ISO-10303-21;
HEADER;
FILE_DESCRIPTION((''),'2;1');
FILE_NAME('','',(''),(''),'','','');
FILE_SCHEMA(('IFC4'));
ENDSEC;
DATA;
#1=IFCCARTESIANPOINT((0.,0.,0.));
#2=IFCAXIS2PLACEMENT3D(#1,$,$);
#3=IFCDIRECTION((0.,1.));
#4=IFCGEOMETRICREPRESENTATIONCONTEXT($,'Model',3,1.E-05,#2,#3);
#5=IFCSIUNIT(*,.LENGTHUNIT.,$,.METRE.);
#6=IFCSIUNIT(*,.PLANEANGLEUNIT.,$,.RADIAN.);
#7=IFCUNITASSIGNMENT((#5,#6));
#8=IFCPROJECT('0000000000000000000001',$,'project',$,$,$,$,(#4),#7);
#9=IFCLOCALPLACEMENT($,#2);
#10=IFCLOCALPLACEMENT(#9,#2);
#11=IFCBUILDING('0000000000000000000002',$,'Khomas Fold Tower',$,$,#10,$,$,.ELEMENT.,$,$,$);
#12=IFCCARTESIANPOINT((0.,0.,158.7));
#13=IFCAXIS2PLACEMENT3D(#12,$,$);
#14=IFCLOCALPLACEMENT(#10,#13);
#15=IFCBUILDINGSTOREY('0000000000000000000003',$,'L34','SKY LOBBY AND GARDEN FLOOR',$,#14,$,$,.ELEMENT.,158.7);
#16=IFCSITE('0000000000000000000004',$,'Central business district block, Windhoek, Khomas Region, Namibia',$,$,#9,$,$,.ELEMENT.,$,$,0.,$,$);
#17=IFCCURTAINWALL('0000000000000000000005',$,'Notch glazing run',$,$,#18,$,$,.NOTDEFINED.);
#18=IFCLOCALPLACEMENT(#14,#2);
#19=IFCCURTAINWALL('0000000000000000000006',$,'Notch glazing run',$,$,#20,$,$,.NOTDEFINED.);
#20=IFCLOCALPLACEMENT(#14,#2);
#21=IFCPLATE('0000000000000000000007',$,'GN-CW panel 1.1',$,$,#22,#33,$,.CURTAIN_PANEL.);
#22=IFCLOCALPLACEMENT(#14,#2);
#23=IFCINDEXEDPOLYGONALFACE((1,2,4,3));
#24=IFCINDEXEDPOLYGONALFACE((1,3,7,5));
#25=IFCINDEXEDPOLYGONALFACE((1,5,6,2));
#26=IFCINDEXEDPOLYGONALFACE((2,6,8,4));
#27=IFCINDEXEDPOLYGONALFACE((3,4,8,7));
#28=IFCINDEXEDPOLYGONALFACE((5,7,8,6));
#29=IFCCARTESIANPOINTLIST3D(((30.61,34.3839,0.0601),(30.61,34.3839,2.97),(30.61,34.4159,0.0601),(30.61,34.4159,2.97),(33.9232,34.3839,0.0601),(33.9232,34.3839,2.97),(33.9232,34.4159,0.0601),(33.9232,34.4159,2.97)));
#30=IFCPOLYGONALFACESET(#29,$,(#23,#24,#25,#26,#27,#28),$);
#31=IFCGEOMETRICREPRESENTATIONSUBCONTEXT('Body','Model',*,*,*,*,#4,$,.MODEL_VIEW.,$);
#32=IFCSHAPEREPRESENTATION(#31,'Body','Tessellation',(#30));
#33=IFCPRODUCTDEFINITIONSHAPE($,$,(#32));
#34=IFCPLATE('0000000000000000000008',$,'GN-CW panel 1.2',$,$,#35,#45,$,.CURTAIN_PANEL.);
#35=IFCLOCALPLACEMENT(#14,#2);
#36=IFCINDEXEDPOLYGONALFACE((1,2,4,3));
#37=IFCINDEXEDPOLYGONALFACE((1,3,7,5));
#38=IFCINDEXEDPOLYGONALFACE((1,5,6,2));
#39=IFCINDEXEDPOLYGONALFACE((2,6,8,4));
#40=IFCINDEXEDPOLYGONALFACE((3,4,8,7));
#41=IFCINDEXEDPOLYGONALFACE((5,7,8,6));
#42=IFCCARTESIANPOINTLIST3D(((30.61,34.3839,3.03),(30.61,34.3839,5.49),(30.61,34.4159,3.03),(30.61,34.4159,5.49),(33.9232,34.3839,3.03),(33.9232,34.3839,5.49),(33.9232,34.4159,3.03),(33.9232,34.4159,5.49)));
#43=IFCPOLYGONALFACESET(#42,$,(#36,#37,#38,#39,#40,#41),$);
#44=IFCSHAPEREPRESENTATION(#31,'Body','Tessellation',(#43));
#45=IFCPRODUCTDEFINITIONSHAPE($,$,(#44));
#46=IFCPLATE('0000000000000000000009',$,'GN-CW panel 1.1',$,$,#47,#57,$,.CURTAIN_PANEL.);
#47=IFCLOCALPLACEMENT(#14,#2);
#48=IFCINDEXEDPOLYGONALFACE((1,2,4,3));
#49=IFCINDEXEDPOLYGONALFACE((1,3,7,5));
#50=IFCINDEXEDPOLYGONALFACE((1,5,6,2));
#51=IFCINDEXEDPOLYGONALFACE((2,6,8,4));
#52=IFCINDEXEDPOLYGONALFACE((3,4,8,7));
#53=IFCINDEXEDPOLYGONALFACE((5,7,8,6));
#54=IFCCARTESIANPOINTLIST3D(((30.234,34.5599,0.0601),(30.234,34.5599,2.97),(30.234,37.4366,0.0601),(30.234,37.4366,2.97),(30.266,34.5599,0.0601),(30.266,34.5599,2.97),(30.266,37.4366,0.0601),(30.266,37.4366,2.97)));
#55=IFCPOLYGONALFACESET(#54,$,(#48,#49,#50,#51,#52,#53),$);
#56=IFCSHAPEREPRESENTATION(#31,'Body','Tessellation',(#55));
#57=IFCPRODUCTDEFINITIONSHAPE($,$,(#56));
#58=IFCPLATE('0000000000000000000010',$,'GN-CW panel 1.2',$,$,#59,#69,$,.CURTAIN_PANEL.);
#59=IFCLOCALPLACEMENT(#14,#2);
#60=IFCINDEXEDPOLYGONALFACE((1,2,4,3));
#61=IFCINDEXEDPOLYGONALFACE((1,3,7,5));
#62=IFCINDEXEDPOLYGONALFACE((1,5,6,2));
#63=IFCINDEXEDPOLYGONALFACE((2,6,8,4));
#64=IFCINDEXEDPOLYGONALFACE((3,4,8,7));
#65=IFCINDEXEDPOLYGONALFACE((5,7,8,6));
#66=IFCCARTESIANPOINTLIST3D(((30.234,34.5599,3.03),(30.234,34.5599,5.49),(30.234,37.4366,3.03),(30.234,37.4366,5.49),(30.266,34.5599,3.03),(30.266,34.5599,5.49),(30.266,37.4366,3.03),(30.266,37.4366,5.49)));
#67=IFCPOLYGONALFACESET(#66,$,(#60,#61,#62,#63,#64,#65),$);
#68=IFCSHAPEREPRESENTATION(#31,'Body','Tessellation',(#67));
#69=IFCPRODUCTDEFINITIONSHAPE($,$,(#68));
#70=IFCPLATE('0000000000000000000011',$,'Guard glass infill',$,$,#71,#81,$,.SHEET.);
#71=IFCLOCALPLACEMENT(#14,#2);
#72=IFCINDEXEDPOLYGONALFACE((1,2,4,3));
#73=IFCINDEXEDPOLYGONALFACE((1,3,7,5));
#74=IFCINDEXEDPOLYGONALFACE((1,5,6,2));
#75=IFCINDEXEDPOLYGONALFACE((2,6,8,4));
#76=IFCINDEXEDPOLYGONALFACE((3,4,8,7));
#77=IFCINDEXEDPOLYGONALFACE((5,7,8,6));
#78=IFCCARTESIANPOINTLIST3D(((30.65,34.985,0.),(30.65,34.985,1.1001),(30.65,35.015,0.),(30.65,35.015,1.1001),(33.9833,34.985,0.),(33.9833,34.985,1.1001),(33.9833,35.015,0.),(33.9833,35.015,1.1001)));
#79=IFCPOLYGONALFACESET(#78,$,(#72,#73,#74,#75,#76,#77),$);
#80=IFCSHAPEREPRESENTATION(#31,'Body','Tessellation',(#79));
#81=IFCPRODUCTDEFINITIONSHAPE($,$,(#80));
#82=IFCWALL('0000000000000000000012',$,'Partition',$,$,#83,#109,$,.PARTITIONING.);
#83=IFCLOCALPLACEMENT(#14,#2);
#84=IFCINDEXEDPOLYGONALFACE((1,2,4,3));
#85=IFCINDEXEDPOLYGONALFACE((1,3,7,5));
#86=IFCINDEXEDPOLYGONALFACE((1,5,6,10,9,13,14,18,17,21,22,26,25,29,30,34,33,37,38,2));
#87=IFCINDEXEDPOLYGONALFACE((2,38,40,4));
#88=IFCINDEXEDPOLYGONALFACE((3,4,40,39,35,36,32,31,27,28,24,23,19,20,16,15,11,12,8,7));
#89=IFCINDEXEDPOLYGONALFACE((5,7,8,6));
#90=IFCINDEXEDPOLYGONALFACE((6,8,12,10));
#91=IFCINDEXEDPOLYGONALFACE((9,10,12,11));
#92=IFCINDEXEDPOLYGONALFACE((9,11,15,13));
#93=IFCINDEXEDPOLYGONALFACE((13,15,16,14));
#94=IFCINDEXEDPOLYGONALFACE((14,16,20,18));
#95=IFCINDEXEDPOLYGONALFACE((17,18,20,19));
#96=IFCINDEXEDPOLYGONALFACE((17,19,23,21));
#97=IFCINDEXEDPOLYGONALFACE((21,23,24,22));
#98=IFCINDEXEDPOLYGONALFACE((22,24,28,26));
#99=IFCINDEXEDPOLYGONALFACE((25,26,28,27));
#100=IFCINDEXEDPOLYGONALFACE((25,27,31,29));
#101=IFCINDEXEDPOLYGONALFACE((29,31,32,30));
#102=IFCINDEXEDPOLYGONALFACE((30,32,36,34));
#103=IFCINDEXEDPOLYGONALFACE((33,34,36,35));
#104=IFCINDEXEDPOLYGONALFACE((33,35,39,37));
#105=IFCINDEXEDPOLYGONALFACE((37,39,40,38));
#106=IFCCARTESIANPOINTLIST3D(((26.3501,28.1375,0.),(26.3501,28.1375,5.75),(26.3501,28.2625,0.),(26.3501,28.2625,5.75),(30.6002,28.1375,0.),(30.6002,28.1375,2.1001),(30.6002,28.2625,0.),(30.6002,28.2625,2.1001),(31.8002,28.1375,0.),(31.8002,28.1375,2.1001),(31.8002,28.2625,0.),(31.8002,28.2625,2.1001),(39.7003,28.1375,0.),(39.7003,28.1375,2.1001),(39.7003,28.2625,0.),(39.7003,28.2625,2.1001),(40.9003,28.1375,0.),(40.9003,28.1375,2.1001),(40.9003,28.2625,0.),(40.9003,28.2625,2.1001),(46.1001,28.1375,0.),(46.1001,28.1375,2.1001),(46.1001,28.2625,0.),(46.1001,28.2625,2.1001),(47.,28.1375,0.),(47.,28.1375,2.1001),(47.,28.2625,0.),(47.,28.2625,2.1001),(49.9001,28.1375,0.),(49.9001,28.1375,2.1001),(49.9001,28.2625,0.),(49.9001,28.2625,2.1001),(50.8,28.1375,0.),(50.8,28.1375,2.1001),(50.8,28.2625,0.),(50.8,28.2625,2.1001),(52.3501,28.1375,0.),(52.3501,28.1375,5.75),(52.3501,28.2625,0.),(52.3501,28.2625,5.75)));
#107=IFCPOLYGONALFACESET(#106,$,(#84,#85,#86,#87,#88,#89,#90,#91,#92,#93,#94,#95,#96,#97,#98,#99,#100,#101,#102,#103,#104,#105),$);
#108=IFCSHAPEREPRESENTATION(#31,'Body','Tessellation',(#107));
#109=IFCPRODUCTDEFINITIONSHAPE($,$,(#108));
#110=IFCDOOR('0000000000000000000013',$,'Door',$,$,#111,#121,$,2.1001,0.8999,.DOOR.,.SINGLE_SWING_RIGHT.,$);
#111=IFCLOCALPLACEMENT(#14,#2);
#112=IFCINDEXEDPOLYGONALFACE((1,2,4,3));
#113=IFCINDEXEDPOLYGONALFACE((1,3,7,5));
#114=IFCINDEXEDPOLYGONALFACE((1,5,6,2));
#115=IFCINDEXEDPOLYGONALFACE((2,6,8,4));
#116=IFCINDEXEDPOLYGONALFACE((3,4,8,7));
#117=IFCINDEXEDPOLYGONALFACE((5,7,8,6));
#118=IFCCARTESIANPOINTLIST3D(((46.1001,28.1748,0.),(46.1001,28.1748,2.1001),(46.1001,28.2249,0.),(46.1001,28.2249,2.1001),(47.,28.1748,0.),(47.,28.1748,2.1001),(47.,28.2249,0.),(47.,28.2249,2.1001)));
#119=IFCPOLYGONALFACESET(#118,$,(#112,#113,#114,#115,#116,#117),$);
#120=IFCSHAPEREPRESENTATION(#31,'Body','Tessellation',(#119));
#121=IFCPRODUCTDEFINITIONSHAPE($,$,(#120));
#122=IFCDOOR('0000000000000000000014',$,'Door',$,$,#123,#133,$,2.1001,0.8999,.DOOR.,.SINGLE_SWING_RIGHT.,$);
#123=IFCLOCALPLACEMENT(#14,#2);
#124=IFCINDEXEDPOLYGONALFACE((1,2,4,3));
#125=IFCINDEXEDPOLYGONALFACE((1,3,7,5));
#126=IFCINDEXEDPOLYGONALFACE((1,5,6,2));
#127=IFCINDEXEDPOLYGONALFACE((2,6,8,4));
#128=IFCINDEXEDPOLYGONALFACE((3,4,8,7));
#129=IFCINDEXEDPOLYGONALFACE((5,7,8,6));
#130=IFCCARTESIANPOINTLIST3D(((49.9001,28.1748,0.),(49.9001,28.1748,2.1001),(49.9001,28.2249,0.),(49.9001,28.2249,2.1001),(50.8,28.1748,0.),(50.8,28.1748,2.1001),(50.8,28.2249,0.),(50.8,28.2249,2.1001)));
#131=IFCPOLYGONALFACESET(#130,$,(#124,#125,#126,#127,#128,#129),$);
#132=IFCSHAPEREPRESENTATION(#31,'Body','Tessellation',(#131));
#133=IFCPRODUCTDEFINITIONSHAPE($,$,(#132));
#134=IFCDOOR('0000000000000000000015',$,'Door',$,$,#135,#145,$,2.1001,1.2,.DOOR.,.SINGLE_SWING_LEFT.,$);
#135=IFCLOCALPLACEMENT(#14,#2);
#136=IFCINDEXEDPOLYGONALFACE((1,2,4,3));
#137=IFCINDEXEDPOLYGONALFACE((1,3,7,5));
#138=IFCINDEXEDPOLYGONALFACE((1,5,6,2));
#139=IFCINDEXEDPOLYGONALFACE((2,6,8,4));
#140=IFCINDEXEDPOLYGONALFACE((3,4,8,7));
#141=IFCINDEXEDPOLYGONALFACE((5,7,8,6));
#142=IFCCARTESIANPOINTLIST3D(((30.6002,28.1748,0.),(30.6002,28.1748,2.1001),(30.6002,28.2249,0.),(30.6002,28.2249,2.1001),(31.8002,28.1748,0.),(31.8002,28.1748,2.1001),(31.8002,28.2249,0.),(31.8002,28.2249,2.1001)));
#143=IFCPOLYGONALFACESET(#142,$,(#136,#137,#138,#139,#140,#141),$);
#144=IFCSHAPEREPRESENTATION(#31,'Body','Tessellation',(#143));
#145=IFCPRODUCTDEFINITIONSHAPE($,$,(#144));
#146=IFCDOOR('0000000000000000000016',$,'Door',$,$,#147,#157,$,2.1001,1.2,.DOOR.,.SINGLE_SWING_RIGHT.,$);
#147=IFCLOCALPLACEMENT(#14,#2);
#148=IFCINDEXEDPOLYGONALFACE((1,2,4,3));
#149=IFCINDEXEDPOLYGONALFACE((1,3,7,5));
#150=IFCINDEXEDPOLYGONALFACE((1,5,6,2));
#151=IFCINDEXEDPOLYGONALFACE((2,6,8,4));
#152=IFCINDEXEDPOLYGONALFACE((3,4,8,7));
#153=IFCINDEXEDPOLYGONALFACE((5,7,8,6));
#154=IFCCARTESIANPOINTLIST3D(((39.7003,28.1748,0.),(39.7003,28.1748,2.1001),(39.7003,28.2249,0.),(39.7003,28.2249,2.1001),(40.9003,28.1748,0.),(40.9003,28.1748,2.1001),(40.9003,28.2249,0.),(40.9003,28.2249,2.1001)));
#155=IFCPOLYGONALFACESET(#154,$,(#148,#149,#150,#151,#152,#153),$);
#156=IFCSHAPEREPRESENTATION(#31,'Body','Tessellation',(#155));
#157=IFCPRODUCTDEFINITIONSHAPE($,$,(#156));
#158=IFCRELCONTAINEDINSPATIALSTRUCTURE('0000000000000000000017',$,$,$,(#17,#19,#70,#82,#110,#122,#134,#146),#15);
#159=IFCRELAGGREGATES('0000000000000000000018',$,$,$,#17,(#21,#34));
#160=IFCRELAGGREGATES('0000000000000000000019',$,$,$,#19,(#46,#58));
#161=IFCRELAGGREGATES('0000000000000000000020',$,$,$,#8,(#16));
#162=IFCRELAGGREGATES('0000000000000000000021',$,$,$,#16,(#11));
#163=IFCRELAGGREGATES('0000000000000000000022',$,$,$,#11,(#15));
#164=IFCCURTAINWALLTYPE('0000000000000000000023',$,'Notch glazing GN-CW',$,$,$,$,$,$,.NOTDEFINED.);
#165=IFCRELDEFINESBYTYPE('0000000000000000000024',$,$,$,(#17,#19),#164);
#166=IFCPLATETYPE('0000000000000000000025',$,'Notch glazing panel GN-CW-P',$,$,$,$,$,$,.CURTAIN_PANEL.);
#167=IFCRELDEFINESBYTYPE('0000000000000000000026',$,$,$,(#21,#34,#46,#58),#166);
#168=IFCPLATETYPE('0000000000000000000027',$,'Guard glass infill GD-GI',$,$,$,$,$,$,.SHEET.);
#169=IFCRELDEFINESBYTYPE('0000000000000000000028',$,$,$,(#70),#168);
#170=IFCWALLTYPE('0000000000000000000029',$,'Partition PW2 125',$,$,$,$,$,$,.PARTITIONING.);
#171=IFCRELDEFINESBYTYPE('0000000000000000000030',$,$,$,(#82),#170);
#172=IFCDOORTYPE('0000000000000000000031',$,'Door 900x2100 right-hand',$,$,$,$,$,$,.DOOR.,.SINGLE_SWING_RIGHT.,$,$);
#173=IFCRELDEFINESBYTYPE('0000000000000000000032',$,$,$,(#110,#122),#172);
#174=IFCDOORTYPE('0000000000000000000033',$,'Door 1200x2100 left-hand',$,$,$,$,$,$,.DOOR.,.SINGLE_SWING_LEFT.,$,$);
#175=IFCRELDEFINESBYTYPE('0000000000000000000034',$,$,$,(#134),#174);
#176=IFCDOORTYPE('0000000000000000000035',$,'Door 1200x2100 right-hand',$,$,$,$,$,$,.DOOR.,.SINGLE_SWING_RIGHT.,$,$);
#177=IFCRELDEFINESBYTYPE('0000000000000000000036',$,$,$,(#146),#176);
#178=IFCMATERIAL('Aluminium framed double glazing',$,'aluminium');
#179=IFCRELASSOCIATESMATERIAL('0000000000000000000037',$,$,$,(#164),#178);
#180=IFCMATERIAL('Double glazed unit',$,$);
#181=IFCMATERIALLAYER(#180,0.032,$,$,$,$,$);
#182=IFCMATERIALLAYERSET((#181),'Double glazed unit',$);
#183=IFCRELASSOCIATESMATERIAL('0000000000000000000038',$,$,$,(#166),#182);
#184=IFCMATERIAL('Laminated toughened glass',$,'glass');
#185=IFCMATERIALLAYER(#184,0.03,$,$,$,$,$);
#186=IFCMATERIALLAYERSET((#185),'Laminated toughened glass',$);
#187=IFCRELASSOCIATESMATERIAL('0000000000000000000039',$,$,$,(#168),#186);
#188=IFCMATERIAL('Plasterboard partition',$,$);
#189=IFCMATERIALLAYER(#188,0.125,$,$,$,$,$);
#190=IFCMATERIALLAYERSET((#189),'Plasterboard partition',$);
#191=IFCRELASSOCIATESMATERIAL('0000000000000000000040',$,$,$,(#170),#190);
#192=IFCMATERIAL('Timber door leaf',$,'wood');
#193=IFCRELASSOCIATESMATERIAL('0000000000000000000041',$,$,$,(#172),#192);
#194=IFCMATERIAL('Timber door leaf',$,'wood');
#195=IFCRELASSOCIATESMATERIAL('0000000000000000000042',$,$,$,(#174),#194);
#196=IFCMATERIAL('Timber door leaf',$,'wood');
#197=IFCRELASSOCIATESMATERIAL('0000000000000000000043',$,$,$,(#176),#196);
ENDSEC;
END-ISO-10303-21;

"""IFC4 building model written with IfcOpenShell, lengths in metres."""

from ifc_helpers import new_model, si_unit, direction, frame, frame_2d, origin, origin_2d, place, context, subcontext, project, spatial, rectangle, extrude, source, transform, mapped, material, layer, layer_set, type_object, element, fill, aggregate, save


model = new_model("IFC4")

# Units and contexts
model_context = context("Model", 3, precision=1e-05, world=origin(), true_north=direction((0.0, 1.0)))
body_context = subcontext(model_context, "Body", "Model", "MODEL_VIEW")
ifc_project = project(units=[si_unit("LENGTHUNIT", "METRE"), si_unit("PLANEANGLEUNIT", "RADIAN")], contexts=[model_context])

# Site, building, storey
site_placement = place(None, origin())
site = spatial("IfcSite", under=ifc_project, at=site_placement, Name="Central business district block, Windhoek, Khomas Region, Namibia", CompositionType="ELEMENT", RefElevation=0.0)
building_placement = place(site_placement, origin())
building = spatial("IfcBuilding", under=site, at=building_placement, Name="Khomas Fold Tower", CompositionType="ELEMENT")
storey_placement = place(building_placement, frame((0.0, 0.0, 158.7)))
storey = spatial("IfcBuildingStorey", under=building, at=storey_placement, Name="L34", Description="SKY LOBBY AND GARDEN FLOOR", CompositionType="ELEMENT", Elevation=158.7)

# Curtain walls
ifc_material_1 = material(Name="Aluminium framed double glazing", Category="aluminium")
curtain_wall_type = type_object("IfcCurtainWallType", Name="Notch glazing GN-CW", PredefinedType="NOTDEFINED", material=ifc_material_1)
curtain_wall_1_placement = place(storey_placement, origin())
curtain_wall_1 = element("IfcCurtainWall", 1, at=curtain_wall_1_placement, inside=storey, type_object=curtain_wall_type, Name="Notch glazing run", PredefinedType="NOTDEFINED")
curtain_wall_2_placement = place(storey_placement, origin())
curtain_wall_2 = element("IfcCurtainWall", 2, at=curtain_wall_2_placement, inside=storey, type_object=curtain_wall_type, Name="Notch glazing run", PredefinedType="NOTDEFINED")

# Plates
ifc_material_2 = material(Name="Double glazed unit")
ifc_layer_1 = layer(ifc_material_2, 0.032)
ifc_layer_set_1 = layer_set([ifc_layer_1], Name="Double glazed unit")
plate_type_1 = type_object("IfcPlateType", Name="Notch glazing panel GN-CW-P", PredefinedType="CURTAIN_PANEL", material=ifc_layer_set_1)
shared_shape_1 = source(origin(), body_context, "Body", "SweptSolid", [
    extrude(rectangle(XDim=3.3132, YDim=0.032, at=origin_2d()), origin(), (0.0, 0.0, 1.0), 2.9099),
])
plate_1_placement = place(storey_placement, frame((32.2666, 34.3999, 0.0601), z_axis=(0.0, 0.0, 1.0), x_axis=(-1.0, 0.0, 0.0)))
plate_1 = element("IfcPlate", 3, at=plate_1_placement, type_object=plate_type_1, Name="GN-CW panel 1.1", PredefinedType="CURTAIN_PANEL", context=body_context, shape_type="MappedRepresentation", body=[
    mapped(shared_shape_1, transform((0.0, 0.0, 0.0))),
])
shared_shape_2 = source(origin(), body_context, "Body", "SweptSolid", [
    extrude(rectangle(XDim=3.3132, YDim=0.032, at=origin_2d()), origin(), (0.0, 0.0, 1.0), 2.46),
])
plate_2_placement = place(storey_placement, frame((32.2666, 34.3999, 3.03), z_axis=(0.0, 0.0, 1.0), x_axis=(-1.0, 0.0, 0.0)))
plate_2 = element("IfcPlate", 4, at=plate_2_placement, type_object=plate_type_1, Name="GN-CW panel 1.2", PredefinedType="CURTAIN_PANEL", context=body_context, shape_type="MappedRepresentation", body=[
    mapped(shared_shape_2, transform((0.0, 0.0, 0.0))),
])
aggregate(curtain_wall_1, [plate_1, plate_2])
shared_shape_3 = source(origin(), body_context, "Body", "SweptSolid", [
    extrude(rectangle(XDim=2.8767, YDim=0.032, at=origin_2d()), origin(), (0.0, 0.0, 1.0), 2.9099),
])
plate_3_placement = place(storey_placement, frame((30.25, 35.9983, 0.0601), z_axis=(0.0, 0.0, 1.0), x_axis=(0.0, 1.0, 0.0)))
plate_3 = element("IfcPlate", 5, at=plate_3_placement, type_object=plate_type_1, Name="GN-CW panel 1.1", PredefinedType="CURTAIN_PANEL", context=body_context, shape_type="MappedRepresentation", body=[
    mapped(shared_shape_3, transform((0.0, 0.0, 0.0))),
])
shared_shape_4 = source(origin(), body_context, "Body", "SweptSolid", [
    extrude(rectangle(XDim=2.8767, YDim=0.032, at=origin_2d()), origin(), (0.0, 0.0, 1.0), 2.46),
])
plate_4_placement = place(storey_placement, frame((30.25, 35.9983, 3.03), z_axis=(0.0, 0.0, 1.0), x_axis=(0.0, 1.0, 0.0)))
plate_4 = element("IfcPlate", 6, at=plate_4_placement, type_object=plate_type_1, Name="GN-CW panel 1.2", PredefinedType="CURTAIN_PANEL", context=body_context, shape_type="MappedRepresentation", body=[
    mapped(shared_shape_4, transform((0.0, 0.0, 0.0))),
])
aggregate(curtain_wall_2, [plate_3, plate_4])
ifc_material_3 = material(Name="Laminated toughened glass", Category="glass")
ifc_layer_2 = layer(ifc_material_3, 0.03)
ifc_layer_set_2 = layer_set([ifc_layer_2], Name="Laminated toughened glass")
plate_type_2 = type_object("IfcPlateType", Name="Guard glass infill GD-GI", PredefinedType="SHEET", material=ifc_layer_set_2)
shared_shape_5 = source(origin(), body_context, "Body", "SweptSolid", [
    extrude(rectangle(XDim=3.3333, YDim=0.03, at=origin_2d()), origin(), (0.0, 0.0, 1.0), 1.1001),
])
plate_5_placement = place(storey_placement, frame((32.3167, 35.0, 0.0), z_axis=(0.0, 0.0, 1.0), x_axis=(-1.0, 0.0, 0.0)))
element("IfcPlate", 7, at=plate_5_placement, inside=storey, type_object=plate_type_2, Name="Guard glass infill", PredefinedType="SHEET", context=body_context, shape_type="MappedRepresentation", body=[
    mapped(shared_shape_5, transform((0.0, 0.0, 0.0))),
])

# Wall, openings, doors
ifc_material_4 = material(Name="Plasterboard partition")
ifc_layer_3 = layer(ifc_material_4, 0.125)
ifc_layer_set_3 = layer_set([ifc_layer_3], Name="Plasterboard partition")
wall_type_1 = type_object("IfcWallType", Name="Partition PW2 125", PredefinedType="PARTITIONING", material=ifc_layer_set_3)
shared_shape_6 = source(origin(), body_context, "Body", "SweptSolid", [
    extrude(rectangle(XDim=26.0, YDim=0.125, at=frame_2d((13.0, 0.0))), origin(), (0.0, 0.0, 1.0), 5.75),
])
wall_1_placement = place(storey_placement, frame((26.3501, 28.2, 0.0), z_axis=(0.0, 0.0, 1.0), x_axis=(1.0, 0.0, 0.0)))
wall_1 = element("IfcWall", 8, at=wall_1_placement, inside=storey, type_object=wall_type_1, Name="Partition", PredefinedType="PARTITIONING", context=body_context, shape_type="MappedRepresentation", body=[
    mapped(shared_shape_6, transform((0.0, 0.0, 0.0))),
])
shared_shape_7 = source(origin(), body_context, "Body", "SweptSolid", [
    extrude(rectangle(XDim=0.8999, YDim=2.1001, at=frame_2d((0.45, 1.05))), frame((0.0, 0.0725, 0.0), z_axis=(0.0, -1.0, 0.0), x_axis=(1.0, 0.0, 0.0)), (0.0, 0.0, 1.0), 0.145),
])
opening_1_placement = place(wall_1_placement, frame((19.75, 0.0, 0.0)))
opening_1 = element("IfcOpeningElement", 9, at=opening_1_placement, cuts=wall_1, PredefinedType="OPENING", context=body_context, shape_type="MappedRepresentation", body=[
    mapped(shared_shape_7, transform((0.0, 0.0, 0.0))),
])
opening_2_placement = place(wall_1_placement, frame((23.55, 0.0, 0.0)))
opening_2 = element("IfcOpeningElement", 10, at=opening_2_placement, cuts=wall_1, PredefinedType="OPENING", context=body_context, shape_type="MappedRepresentation", body=[
    mapped(shared_shape_7, transform((0.0, 0.0, 0.0))),
])
shared_shape_8 = source(origin(), body_context, "Body", "SweptSolid", [
    extrude(rectangle(XDim=1.2, YDim=2.1001, at=frame_2d((0.6001, 1.05))), frame((0.0, 0.0725, 0.0), z_axis=(0.0, -1.0, 0.0), x_axis=(1.0, 0.0, 0.0)), (0.0, 0.0, 1.0), 0.145),
])
opening_3_placement = place(wall_1_placement, frame((4.25, 0.0, 0.0)))
opening_3 = element("IfcOpeningElement", 11, at=opening_3_placement, cuts=wall_1, PredefinedType="OPENING", context=body_context, shape_type="MappedRepresentation", body=[
    mapped(shared_shape_8, transform((0.0, 0.0, 0.0))),
])
opening_4_placement = place(wall_1_placement, frame((13.3501, 0.0, 0.0)))
opening_4 = element("IfcOpeningElement", 12, at=opening_4_placement, cuts=wall_1, PredefinedType="OPENING", context=body_context, shape_type="MappedRepresentation", body=[
    mapped(shared_shape_8, transform((0.0, 0.0, 0.0))),
])
ifc_material_5 = material(Name="Timber door leaf", Category="wood")
door_type_1 = type_object("IfcDoorType", Name="Door 900x2100 right-hand", OperationType="SINGLE_SWING_RIGHT", PredefinedType="DOOR", material=ifc_material_5)
shared_shape_9 = source(origin(), body_context, "Body", "SweptSolid", [
    extrude(rectangle(XDim=0.8999, YDim=2.1001, at=frame_2d((0.45, 1.05))), frame((0.0, 0.0249, 0.0), z_axis=(0.0, -1.0, 0.0), x_axis=(1.0, 0.0, 0.0)), (0.0, 0.0, 1.0), 0.05),
])
door_1_placement = place(opening_1_placement, origin())
door_1 = element("IfcDoor", 13, at=door_1_placement, inside=storey, type_object=door_type_1, Name="Door", OperationType="SINGLE_SWING_RIGHT", OverallHeight=2.1001, OverallWidth=0.8999, PredefinedType="DOOR", context=body_context, shape_type="MappedRepresentation", body=[
    mapped(shared_shape_9, transform((0.0, 0.0, 0.0))),
])
fill(opening_1, door_1)
door_2_placement = place(opening_2_placement, origin())
door_2 = element("IfcDoor", 14, at=door_2_placement, inside=storey, type_object=door_type_1, Name="Door", OperationType="SINGLE_SWING_RIGHT", OverallHeight=2.1001, OverallWidth=0.8999, PredefinedType="DOOR", context=body_context, shape_type="MappedRepresentation", body=[
    mapped(shared_shape_9, transform((0.0, 0.0, 0.0))),
])
fill(opening_2, door_2)
ifc_material_6 = material(Name="Timber door leaf", Category="wood")
door_type_2 = type_object("IfcDoorType", Name="Door 1200x2100 left-hand", OperationType="SINGLE_SWING_LEFT", PredefinedType="DOOR", material=ifc_material_6)
shared_shape_10 = source(origin(), body_context, "Body", "SweptSolid", [
    extrude(rectangle(XDim=1.2, YDim=2.1001, at=frame_2d((0.6001, 1.05))), frame((0.0, 0.0249, 0.0), z_axis=(0.0, -1.0, 0.0), x_axis=(1.0, 0.0, 0.0)), (0.0, 0.0, 1.0), 0.05),
])
door_3_placement = place(opening_3_placement, origin())
door_3 = element("IfcDoor", 15, at=door_3_placement, inside=storey, type_object=door_type_2, Name="Door", OperationType="SINGLE_SWING_LEFT", OverallHeight=2.1001, OverallWidth=1.2, PredefinedType="DOOR", context=body_context, shape_type="MappedRepresentation", body=[
    mapped(shared_shape_10, transform((0.0, 0.0, 0.0))),
])
fill(opening_3, door_3)
ifc_material_7 = material(Name="Timber door leaf", Category="wood")
door_type_3 = type_object("IfcDoorType", Name="Door 1200x2100 right-hand", OperationType="SINGLE_SWING_RIGHT", PredefinedType="DOOR", material=ifc_material_7)
door_4_placement = place(opening_4_placement, origin())
door_4 = element("IfcDoor", 16, at=door_4_placement, inside=storey, type_object=door_type_3, Name="Door", OperationType="SINGLE_SWING_RIGHT", OverallHeight=2.1001, OverallWidth=1.2, PredefinedType="DOOR", context=body_context, shape_type="MappedRepresentation", body=[
    mapped(shared_shape_10, transform((0.0, 0.0, 0.0))),
])
fill(opening_4, door_4)

save(model, "model.ifc")
